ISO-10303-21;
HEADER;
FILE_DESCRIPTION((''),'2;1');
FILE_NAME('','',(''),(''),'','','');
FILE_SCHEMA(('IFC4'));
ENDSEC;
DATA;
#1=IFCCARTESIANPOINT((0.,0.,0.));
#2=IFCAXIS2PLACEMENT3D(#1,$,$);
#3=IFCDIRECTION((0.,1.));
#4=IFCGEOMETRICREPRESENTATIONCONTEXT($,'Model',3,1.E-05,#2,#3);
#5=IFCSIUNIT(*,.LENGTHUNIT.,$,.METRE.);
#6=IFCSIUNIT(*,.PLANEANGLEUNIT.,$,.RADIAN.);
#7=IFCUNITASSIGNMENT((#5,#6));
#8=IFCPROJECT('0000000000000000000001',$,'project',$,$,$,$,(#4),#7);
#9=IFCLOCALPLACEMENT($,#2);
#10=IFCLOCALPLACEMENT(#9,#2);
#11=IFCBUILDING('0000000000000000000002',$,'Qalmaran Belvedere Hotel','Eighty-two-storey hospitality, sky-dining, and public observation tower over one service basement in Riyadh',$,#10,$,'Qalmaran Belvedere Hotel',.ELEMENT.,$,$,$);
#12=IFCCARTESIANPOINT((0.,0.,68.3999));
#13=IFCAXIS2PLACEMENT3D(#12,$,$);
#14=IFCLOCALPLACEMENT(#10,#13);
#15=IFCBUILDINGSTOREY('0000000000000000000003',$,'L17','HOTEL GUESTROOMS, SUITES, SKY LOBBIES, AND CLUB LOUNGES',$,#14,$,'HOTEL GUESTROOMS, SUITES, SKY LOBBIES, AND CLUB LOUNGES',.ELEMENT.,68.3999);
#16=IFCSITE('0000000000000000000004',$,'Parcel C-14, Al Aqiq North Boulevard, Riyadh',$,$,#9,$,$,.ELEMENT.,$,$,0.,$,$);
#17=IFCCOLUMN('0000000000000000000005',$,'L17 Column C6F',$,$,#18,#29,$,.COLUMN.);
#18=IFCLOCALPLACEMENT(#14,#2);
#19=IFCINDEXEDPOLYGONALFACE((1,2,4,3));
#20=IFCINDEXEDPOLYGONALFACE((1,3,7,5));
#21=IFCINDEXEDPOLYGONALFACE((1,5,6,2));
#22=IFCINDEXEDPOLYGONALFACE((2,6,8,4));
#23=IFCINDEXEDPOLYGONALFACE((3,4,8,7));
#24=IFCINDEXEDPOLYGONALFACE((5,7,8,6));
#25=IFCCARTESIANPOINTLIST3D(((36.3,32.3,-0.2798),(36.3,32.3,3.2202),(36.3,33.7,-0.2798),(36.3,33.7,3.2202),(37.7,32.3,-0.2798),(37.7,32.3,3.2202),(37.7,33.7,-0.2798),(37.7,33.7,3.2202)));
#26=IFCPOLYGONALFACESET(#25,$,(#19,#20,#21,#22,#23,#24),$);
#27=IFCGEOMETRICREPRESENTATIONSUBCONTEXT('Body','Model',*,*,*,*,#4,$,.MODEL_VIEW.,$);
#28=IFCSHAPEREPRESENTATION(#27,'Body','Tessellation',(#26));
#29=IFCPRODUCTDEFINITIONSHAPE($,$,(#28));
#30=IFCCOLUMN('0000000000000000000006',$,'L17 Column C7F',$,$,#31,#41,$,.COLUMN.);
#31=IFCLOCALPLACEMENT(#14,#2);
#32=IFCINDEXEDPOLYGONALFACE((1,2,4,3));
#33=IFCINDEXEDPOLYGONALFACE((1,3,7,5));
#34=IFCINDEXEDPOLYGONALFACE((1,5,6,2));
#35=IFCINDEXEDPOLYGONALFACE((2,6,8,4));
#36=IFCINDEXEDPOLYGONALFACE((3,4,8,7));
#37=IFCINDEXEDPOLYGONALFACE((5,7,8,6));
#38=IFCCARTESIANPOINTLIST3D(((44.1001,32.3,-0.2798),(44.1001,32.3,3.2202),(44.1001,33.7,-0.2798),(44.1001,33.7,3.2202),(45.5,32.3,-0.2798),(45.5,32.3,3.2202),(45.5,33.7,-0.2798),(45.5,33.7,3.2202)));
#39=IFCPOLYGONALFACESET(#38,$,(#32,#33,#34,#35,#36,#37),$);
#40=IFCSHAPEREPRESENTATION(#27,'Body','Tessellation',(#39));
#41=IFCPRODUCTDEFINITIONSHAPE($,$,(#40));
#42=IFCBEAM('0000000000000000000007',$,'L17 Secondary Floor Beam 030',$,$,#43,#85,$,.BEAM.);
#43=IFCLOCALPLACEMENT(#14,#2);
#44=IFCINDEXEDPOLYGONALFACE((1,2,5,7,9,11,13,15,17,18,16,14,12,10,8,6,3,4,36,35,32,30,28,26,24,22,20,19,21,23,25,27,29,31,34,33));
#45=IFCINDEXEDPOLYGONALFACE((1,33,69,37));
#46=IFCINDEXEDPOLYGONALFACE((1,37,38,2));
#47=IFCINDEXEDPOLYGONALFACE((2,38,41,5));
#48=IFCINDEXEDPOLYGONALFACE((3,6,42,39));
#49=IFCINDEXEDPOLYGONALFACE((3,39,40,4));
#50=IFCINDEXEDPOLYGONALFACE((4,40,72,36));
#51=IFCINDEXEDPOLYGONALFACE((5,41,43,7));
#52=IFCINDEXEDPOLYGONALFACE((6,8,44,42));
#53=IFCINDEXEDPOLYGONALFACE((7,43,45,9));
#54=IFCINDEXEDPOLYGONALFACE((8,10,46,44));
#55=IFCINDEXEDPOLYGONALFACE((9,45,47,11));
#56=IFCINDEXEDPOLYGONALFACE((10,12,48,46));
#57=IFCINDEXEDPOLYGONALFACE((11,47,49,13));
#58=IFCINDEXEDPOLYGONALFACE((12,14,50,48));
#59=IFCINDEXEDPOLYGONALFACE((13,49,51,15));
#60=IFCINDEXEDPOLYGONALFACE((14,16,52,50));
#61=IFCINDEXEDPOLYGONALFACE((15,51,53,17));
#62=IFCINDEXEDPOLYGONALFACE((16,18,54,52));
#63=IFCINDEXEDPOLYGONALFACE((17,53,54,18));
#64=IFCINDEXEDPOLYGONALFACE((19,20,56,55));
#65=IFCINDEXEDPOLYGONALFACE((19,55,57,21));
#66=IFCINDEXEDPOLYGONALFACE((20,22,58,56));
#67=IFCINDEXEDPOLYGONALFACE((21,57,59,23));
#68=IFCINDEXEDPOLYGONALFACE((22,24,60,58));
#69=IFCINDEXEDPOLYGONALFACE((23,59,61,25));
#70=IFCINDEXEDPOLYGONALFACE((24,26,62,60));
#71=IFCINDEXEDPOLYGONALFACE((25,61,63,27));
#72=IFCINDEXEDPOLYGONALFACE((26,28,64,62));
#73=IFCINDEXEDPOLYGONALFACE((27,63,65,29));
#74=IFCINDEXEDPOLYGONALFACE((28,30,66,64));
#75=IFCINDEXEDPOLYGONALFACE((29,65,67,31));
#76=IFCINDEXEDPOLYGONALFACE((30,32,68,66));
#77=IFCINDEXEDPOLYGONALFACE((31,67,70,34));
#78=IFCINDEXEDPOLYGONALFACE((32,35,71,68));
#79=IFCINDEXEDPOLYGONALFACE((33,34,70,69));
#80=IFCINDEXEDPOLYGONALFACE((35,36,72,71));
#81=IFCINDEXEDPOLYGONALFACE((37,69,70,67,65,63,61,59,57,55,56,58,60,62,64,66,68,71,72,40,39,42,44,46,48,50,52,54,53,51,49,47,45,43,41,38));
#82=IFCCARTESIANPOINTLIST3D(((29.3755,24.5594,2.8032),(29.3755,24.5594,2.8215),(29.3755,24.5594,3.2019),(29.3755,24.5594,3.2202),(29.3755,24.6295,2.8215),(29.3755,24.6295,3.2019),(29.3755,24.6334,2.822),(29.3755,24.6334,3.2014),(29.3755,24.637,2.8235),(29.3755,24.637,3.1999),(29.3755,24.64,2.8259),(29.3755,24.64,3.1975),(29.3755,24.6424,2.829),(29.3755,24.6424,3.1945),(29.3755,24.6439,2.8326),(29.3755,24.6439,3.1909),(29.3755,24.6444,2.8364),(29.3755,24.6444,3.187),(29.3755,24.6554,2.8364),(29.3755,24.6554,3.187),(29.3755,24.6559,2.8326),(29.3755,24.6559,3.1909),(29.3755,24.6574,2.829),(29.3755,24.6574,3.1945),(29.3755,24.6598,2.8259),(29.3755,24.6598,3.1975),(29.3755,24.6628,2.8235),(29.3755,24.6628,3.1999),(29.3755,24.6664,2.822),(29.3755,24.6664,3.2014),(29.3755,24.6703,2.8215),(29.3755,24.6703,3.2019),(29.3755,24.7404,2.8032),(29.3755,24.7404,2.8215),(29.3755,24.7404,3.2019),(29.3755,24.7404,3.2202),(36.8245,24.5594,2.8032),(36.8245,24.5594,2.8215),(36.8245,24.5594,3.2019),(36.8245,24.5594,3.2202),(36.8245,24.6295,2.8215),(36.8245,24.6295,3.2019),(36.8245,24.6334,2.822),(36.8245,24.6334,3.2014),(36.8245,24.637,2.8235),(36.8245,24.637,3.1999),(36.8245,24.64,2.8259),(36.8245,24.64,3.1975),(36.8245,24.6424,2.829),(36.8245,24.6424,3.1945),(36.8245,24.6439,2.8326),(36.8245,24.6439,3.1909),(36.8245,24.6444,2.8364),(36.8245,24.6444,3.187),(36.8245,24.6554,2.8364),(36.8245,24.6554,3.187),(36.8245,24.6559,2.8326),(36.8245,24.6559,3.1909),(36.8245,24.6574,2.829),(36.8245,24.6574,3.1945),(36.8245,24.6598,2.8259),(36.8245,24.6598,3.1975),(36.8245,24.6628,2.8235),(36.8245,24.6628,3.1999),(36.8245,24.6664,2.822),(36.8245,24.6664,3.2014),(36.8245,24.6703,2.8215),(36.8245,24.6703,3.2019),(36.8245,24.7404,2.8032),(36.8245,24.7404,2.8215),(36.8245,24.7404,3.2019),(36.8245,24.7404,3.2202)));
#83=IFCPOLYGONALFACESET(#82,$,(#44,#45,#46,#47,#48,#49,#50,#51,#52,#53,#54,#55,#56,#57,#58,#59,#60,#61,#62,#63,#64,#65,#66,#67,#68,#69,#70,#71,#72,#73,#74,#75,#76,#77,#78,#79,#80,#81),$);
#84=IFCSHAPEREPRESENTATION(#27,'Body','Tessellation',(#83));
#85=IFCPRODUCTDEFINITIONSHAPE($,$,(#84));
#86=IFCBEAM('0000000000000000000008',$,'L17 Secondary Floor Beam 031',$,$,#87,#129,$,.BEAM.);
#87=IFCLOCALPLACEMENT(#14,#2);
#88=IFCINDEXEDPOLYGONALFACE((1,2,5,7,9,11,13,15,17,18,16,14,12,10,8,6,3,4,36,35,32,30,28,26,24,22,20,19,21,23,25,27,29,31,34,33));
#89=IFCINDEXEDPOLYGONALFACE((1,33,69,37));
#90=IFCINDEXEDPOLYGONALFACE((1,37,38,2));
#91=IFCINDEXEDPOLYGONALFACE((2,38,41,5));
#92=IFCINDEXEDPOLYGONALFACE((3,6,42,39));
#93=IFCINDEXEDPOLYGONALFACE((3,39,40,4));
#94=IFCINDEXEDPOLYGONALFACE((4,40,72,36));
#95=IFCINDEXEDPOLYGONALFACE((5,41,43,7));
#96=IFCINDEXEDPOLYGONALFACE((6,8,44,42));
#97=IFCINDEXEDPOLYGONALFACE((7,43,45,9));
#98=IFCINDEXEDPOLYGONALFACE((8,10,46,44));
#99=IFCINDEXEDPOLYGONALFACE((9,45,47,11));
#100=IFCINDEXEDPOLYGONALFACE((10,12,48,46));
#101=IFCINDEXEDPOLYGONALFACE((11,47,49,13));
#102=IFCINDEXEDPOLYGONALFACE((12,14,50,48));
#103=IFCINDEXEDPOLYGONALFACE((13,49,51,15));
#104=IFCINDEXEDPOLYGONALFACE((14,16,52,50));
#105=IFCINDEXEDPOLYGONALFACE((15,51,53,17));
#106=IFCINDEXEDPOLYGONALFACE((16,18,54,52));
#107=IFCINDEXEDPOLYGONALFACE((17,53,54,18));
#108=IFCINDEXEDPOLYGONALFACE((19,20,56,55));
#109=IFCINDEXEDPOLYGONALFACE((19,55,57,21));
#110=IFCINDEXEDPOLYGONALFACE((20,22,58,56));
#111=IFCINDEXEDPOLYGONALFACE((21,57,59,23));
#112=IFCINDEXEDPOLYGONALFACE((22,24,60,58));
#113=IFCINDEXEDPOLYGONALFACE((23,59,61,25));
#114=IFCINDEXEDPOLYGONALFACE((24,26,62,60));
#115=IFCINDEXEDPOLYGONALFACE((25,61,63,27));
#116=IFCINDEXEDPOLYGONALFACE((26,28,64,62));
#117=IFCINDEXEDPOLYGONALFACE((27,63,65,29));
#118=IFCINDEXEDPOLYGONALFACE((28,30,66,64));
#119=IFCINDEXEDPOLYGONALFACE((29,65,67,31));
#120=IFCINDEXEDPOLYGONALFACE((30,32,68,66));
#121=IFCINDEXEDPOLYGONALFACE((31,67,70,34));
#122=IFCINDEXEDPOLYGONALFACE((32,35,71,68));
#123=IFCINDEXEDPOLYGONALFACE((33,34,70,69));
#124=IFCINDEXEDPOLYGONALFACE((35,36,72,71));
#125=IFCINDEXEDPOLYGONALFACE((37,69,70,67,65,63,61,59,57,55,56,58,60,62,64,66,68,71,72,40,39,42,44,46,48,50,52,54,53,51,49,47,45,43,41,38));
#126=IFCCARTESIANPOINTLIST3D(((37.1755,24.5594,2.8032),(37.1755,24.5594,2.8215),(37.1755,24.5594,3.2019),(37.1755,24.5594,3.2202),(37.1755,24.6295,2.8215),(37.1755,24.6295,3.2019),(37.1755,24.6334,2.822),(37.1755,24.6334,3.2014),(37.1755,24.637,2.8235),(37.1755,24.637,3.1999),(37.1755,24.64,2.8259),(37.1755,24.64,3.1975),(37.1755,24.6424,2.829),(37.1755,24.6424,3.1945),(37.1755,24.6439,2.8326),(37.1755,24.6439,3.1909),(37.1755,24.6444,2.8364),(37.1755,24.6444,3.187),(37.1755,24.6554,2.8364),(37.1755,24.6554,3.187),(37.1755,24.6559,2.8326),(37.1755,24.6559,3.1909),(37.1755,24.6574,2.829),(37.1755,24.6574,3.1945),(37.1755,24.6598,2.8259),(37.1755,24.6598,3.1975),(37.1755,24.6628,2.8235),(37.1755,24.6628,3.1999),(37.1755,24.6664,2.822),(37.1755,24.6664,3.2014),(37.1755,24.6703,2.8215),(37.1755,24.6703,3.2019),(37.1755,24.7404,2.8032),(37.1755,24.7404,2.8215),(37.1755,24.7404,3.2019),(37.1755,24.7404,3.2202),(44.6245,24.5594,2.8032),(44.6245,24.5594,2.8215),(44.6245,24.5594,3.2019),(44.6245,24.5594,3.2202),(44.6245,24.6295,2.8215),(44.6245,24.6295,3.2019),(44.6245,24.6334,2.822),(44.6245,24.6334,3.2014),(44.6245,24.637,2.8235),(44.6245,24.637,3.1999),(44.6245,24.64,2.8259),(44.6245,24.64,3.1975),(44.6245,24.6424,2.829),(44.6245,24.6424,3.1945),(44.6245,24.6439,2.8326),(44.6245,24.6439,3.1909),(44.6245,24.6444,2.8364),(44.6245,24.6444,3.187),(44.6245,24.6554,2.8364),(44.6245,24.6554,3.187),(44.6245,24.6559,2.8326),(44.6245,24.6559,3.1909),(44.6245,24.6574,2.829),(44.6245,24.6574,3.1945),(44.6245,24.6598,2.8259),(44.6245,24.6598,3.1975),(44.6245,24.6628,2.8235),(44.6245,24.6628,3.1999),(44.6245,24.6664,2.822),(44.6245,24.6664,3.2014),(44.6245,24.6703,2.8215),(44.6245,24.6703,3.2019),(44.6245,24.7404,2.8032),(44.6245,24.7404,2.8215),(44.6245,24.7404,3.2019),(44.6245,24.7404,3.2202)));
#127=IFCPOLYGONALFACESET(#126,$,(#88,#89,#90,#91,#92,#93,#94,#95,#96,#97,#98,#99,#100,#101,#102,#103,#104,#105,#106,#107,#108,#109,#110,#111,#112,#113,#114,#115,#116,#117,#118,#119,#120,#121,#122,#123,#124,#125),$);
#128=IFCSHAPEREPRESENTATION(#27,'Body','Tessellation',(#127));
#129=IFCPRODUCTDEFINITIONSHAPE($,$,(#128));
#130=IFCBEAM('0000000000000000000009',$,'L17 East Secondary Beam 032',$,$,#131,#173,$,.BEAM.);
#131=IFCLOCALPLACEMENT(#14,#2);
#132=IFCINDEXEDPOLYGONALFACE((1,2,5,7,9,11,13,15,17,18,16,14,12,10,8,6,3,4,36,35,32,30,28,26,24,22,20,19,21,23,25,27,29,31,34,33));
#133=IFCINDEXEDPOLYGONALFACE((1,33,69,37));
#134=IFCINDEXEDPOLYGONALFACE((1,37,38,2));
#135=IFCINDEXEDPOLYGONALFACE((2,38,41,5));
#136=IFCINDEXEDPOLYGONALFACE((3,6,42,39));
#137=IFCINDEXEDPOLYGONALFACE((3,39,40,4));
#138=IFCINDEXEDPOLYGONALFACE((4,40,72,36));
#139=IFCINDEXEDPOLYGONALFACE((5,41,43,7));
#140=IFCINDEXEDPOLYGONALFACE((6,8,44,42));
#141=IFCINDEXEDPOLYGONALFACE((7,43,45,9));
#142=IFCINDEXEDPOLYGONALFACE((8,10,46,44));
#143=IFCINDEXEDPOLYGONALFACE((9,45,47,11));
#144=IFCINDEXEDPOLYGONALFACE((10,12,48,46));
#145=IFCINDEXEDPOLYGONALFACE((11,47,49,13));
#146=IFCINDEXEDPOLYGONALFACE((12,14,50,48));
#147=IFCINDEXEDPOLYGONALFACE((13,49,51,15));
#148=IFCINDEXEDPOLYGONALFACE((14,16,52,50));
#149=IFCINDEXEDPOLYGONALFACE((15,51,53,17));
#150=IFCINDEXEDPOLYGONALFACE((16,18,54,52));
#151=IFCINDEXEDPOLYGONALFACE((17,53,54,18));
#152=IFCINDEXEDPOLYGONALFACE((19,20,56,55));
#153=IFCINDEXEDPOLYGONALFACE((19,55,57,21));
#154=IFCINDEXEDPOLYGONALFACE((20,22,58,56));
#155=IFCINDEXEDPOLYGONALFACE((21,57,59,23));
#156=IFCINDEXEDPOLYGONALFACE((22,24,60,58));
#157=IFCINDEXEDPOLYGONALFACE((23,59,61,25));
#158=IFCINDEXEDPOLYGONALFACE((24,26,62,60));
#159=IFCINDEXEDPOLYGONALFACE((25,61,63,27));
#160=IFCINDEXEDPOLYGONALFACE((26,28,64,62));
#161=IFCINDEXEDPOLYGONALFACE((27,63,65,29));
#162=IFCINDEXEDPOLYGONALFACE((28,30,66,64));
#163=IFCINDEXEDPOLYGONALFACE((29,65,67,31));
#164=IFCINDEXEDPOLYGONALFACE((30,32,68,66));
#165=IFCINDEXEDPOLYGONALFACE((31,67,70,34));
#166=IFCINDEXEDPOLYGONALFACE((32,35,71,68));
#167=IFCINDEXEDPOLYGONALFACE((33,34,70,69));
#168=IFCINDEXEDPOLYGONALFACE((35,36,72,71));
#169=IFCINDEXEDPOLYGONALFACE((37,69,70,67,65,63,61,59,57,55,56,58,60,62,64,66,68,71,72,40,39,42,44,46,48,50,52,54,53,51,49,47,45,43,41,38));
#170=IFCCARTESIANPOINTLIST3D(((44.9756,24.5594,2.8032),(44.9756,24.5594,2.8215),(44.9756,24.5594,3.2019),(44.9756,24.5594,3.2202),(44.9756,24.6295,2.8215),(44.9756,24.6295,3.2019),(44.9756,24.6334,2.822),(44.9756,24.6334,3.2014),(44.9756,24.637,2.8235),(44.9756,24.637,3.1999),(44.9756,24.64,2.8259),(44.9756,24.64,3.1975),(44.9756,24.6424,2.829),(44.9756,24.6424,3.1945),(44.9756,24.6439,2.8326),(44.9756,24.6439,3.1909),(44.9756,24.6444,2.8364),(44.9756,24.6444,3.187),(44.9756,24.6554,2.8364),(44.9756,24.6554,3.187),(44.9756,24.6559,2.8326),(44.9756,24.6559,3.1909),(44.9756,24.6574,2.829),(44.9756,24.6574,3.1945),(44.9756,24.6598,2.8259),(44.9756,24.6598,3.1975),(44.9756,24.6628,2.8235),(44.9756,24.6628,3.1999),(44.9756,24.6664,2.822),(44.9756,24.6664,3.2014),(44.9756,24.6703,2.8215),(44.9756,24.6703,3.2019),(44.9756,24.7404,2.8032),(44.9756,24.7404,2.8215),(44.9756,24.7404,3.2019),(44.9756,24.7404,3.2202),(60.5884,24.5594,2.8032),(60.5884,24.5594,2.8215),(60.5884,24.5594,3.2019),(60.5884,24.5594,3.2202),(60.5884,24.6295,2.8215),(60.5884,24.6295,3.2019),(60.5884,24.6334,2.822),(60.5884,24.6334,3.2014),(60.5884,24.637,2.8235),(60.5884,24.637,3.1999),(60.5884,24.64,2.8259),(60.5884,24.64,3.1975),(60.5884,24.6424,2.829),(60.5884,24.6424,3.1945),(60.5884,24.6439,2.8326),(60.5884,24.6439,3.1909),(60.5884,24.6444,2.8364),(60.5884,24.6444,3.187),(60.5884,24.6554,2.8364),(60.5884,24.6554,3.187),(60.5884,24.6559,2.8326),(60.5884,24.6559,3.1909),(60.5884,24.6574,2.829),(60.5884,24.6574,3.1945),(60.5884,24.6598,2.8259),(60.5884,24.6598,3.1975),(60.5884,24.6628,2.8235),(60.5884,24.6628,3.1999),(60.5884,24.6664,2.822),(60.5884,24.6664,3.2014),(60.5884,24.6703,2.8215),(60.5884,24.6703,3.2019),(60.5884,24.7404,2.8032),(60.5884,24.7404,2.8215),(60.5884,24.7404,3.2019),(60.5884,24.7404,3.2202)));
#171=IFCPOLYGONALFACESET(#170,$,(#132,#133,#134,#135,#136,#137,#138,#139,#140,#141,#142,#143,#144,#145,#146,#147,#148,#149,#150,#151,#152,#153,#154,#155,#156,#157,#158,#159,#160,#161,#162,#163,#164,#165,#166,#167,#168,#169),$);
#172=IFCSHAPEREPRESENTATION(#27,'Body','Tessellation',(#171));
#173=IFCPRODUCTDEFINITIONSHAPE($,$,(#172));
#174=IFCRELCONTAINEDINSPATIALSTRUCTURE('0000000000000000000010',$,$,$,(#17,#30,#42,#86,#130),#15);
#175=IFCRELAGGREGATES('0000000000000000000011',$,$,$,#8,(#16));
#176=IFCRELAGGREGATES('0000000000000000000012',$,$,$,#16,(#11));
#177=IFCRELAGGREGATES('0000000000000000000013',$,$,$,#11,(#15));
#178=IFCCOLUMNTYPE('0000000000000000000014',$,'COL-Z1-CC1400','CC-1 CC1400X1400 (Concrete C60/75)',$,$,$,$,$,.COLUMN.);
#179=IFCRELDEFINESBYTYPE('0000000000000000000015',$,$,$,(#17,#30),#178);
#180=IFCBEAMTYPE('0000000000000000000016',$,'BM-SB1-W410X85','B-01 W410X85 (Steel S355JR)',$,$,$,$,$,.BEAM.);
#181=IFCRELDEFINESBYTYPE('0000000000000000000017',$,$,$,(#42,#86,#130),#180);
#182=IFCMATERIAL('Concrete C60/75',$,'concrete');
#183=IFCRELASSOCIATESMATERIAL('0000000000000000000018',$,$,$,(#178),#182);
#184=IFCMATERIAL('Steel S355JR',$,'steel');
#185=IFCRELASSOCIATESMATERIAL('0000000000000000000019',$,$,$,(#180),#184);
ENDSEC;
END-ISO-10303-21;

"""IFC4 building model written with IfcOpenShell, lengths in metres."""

from ifc_helpers import new_model, si_unit, direction, frame, origin, origin_2d, place, context, subcontext, project, spatial, rectangle, i_section, extrude, material, material_profile, profile_set, type_object, element, save


model = new_model("IFC4")

# Units and contexts
model_context = context("Model", 3, precision=1e-05, world=origin(), true_north=direction((0.0, 1.0)))
body_context = subcontext(model_context, "Body", "Model", "MODEL_VIEW")
ifc_project = project(units=[si_unit("LENGTHUNIT", "METRE"), si_unit("PLANEANGLEUNIT", "RADIAN")], contexts=[model_context])

# Site, building, storey
site_placement = place(None, origin())
site = spatial("IfcSite", under=ifc_project, at=site_placement, Name="Parcel C-14, Al Aqiq North Boulevard, Riyadh", CompositionType="ELEMENT", RefElevation=0.0)
building_placement = place(site_placement, origin())
building = spatial("IfcBuilding", under=site, at=building_placement, Name="Qalmaran Belvedere Hotel", Description="Eighty-two-storey hospitality, sky-dining, and public observation tower over one service basement in Riyadh", LongName="Qalmaran Belvedere Hotel", CompositionType="ELEMENT")
storey_placement = place(building_placement, frame((0.0, 0.0, 68.3999)))
storey = spatial("IfcBuildingStorey", under=building, at=storey_placement, Name="L17", Description="HOTEL GUESTROOMS, SUITES, SKY LOBBIES, AND CLUB LOUNGES", LongName="HOTEL GUESTROOMS, SUITES, SKY LOBBIES, AND CLUB LOUNGES", CompositionType="ELEMENT", Elevation=68.3999)

# Columns
ifc_material_1 = material(Name="Concrete C60/75", Category="concrete")
ifc_material_profile_1 = material_profile(ifc_material_1, rectangle(XDim=1.3999, YDim=1.3999, at=origin_2d()), Name="CC1400X1400")
ifc_profile_set_1 = profile_set([ifc_material_profile_1], Name="Concrete C60/75")
column_type = type_object("IfcColumnType", Name="COL-Z1-CC1400", Description="CC-1 CC1400X1400 (Concrete C60/75)", PredefinedType="COLUMN", material=ifc_profile_set_1)
for number, where, z_axis, x_axis, name in (
    (1, (37.0, 33.0, -0.2798), (0.0, 0.0, 1.0), (1.0, 0.0, 0.0), "L17 Column C6F"),
    (2, (44.8, 33.0, -0.2798), (0.0, 0.0, 1.0), (1.0, 0.0, 0.0), "L17 Column C7F"),
):
    element("IfcColumn", number, at=place(storey_placement, frame(where, z_axis=z_axis, x_axis=x_axis)), inside=storey, type_object=column_type, Name=name, PredefinedType="COLUMN", context=body_context, shape_type="SweptSolid", body=[
        extrude(rectangle(XDim=1.3999, YDim=1.3999, at=origin_2d()), origin(), (0.0, 0.0, 1.0), 3.5),
    ])

# Beams
ifc_material_2 = material(Name="Steel S355JR", Category="steel")
ifc_material_profile_2 = material_profile(ifc_material_2, i_section(OverallWidth=0.1809, OverallDepth=0.417, WebThickness=0.011, FlangeThickness=0.0183, FilletRadius=0.0149, at=origin_2d()), Name="W410X85")
ifc_profile_set_2 = profile_set([ifc_material_profile_2], Name="Steel S355JR")
beam_type_1 = type_object("IfcBeamType", Name="BM-SB1-W410X85", Description="B-01 W410X85 (Steel S355JR)", PredefinedType="BEAM", material=ifc_profile_set_2)
for number, where, z_axis, x_axis, name in (
    (3, (29.3755, 24.6499, 3.0117), (1.0, 0.0, 0.0), (0.0, 1.0, 0.0), "L17 Secondary Floor Beam 030"),
    (4, (37.1755, 24.6499, 3.0117), (1.0, 0.0, 0.0), (0.0, 1.0, 0.0), "L17 Secondary Floor Beam 031"),
):
    element("IfcBeam", number, at=place(storey_placement, frame(where, z_axis=z_axis, x_axis=x_axis)), inside=storey, type_object=beam_type_1, Name=name, PredefinedType="BEAM", context=body_context, shape_type="SweptSolid", body=[
        extrude(i_section(OverallWidth=0.1809, OverallDepth=0.417, WebThickness=0.011, FlangeThickness=0.0183, FilletRadius=0.0149, at=origin_2d()), origin(), (0.0, 0.0, 1.0), 7.449),
    ])
beam_1_placement = place(storey_placement, frame((44.9756, 24.6499, 3.0117), z_axis=(1.0, 0.0, 0.0), x_axis=(0.0, 1.0, 0.0)))
element("IfcBeam", 5, at=beam_1_placement, inside=storey, type_object=beam_type_1, Name="L17 East Secondary Beam 032", PredefinedType="BEAM", context=body_context, shape_type="SweptSolid", body=[
    extrude(i_section(OverallWidth=0.1809, OverallDepth=0.417, WebThickness=0.011, FlangeThickness=0.0183, FilletRadius=0.0149, at=origin_2d()), origin(), (0.0, 0.0, 1.0), 15.6128),
])

save(model, "model.ifc")
